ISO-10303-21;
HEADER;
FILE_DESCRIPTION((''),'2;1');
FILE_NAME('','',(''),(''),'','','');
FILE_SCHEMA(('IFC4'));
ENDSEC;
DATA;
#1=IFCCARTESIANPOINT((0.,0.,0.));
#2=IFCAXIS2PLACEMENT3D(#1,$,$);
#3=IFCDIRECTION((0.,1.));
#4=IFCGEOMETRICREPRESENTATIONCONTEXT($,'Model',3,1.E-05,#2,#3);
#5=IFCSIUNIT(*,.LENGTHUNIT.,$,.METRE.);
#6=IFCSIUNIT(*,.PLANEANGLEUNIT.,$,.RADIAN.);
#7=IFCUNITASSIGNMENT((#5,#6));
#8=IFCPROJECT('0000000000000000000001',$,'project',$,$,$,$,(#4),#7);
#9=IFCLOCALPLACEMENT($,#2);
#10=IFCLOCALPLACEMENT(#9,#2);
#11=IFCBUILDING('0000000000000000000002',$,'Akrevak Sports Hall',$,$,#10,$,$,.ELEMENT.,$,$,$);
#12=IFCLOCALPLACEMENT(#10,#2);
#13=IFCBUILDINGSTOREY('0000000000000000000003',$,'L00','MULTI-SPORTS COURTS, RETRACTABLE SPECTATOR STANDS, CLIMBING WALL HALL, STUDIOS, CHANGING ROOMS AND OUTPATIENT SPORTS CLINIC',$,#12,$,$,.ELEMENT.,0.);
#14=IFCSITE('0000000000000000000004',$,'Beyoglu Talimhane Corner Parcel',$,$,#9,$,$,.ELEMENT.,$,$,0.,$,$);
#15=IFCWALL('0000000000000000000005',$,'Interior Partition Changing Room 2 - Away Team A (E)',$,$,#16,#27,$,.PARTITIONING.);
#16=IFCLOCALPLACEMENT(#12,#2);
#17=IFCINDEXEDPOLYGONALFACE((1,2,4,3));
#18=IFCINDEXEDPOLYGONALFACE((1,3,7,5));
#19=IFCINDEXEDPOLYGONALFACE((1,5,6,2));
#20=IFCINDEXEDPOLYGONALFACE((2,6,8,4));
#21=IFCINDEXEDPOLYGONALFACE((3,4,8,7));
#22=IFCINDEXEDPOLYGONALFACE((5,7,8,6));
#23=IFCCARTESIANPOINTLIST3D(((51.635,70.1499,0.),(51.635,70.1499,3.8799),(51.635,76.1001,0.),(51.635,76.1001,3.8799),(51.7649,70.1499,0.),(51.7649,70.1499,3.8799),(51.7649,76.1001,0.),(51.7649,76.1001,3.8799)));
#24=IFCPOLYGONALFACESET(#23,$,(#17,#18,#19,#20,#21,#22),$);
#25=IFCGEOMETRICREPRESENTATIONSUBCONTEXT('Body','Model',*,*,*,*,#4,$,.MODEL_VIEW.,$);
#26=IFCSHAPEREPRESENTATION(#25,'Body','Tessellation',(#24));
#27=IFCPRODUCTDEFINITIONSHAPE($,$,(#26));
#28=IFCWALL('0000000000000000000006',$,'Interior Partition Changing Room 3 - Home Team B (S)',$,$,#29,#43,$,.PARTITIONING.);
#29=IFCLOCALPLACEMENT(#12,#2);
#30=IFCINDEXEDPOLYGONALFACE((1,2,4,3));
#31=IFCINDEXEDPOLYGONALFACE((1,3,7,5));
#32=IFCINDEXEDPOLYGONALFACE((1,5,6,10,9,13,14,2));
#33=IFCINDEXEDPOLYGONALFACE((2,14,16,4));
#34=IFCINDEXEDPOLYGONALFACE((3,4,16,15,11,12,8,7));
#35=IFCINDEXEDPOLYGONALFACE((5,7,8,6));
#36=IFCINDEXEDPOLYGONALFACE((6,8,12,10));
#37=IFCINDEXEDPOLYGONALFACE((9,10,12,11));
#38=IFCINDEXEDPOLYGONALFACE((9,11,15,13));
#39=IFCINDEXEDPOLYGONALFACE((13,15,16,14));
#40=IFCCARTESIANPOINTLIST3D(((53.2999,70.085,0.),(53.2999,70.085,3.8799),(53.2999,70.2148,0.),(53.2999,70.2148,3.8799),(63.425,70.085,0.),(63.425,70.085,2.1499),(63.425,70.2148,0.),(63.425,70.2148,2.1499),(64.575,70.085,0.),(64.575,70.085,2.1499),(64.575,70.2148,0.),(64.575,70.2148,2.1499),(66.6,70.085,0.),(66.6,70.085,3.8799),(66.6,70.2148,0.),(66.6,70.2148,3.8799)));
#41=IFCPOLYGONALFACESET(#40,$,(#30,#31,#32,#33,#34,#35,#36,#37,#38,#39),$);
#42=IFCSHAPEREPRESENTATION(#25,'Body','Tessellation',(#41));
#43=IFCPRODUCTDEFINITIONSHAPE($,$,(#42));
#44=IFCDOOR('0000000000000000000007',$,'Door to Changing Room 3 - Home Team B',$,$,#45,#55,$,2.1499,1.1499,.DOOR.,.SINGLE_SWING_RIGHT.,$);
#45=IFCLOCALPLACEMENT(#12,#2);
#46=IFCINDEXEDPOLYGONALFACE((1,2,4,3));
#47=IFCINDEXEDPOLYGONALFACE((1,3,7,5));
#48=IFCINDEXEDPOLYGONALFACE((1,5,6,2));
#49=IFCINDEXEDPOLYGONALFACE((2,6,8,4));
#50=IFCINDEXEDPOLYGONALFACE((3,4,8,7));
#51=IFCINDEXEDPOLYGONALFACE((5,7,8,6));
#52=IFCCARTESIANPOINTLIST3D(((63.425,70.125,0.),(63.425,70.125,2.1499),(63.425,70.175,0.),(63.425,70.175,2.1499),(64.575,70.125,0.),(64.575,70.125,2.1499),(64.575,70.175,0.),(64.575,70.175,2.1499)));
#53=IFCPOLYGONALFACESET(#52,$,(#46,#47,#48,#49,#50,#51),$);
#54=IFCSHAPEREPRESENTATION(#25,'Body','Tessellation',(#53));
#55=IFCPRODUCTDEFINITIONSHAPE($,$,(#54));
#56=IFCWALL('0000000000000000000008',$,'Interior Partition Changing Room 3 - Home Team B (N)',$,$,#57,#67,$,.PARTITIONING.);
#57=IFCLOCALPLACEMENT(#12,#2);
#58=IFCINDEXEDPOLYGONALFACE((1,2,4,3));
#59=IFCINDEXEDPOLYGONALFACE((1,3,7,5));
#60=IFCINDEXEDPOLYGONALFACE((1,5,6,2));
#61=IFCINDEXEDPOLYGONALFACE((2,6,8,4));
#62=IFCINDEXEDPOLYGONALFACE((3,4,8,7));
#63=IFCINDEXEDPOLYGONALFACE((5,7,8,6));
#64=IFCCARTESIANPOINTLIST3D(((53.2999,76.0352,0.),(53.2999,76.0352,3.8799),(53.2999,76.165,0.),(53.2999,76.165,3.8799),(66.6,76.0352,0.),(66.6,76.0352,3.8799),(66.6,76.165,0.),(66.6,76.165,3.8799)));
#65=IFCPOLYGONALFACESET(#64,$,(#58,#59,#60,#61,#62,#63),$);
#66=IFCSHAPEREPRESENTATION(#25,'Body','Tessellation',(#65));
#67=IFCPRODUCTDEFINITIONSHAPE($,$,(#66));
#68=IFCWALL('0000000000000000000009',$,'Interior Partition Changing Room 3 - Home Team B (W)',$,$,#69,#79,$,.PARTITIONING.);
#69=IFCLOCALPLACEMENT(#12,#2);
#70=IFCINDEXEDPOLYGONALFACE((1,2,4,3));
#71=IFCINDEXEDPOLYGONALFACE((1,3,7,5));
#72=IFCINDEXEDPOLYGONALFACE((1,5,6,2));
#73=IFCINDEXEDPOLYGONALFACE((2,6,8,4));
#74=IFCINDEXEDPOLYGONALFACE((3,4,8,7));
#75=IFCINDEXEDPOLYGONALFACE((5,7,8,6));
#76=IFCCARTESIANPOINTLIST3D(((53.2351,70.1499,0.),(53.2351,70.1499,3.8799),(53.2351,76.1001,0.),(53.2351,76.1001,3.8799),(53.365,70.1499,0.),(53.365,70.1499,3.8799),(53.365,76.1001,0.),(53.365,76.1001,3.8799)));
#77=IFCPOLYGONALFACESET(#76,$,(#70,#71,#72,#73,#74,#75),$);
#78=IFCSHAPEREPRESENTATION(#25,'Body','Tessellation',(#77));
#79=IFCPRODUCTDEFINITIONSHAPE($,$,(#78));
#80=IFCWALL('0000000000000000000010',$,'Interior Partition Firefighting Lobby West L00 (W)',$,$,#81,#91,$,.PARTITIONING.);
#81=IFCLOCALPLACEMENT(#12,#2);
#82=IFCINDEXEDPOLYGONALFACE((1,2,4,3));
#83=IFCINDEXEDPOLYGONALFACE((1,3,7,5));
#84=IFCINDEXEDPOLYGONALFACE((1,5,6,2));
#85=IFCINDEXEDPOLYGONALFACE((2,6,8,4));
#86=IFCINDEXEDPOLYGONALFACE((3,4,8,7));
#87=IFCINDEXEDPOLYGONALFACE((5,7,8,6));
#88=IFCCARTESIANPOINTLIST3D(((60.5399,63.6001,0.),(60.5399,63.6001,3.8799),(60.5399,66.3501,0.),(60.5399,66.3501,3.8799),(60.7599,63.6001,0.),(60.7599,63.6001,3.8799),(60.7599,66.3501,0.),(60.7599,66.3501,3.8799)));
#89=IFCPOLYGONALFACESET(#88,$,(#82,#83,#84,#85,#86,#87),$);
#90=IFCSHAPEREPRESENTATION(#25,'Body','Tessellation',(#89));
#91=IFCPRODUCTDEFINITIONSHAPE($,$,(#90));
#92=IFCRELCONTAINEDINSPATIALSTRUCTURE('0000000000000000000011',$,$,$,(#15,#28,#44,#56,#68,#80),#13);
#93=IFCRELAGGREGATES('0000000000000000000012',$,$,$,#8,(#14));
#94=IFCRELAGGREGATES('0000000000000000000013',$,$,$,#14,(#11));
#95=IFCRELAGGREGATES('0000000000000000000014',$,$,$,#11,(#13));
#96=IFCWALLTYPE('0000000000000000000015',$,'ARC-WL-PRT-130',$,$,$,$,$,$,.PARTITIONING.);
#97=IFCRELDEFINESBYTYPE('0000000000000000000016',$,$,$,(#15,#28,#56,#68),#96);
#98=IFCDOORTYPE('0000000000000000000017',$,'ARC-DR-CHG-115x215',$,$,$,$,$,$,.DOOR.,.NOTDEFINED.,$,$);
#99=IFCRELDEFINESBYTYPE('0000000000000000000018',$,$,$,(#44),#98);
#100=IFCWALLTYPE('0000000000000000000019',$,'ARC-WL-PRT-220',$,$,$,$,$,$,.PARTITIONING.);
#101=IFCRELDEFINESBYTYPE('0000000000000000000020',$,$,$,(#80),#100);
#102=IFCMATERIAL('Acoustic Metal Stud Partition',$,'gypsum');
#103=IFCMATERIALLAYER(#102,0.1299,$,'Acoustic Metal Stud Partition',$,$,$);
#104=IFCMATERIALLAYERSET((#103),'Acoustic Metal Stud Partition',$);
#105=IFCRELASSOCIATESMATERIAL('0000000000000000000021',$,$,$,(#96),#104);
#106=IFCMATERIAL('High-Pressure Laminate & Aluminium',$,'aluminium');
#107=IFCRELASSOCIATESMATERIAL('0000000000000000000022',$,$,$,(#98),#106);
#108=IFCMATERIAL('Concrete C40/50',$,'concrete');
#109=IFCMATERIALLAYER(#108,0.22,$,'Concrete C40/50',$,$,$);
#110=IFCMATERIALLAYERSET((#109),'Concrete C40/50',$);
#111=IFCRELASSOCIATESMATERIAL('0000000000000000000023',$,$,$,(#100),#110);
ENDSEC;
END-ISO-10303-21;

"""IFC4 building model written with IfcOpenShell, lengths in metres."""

from ifc_helpers import new_model, si_unit, direction, frame, frame_2d, origin, place, context, subcontext, project, spatial, rectangle, extrude, material, layer, layer_set, type_object, element, fill, save


model = new_model("IFC4")

# Units and contexts
model_context = context("Model", 3, precision=1e-05, world=origin(), true_north=direction((0.0, 1.0)))
body_context = subcontext(model_context, "Body", "Model", "MODEL_VIEW")
ifc_project = project(units=[si_unit("LENGTHUNIT", "METRE"), si_unit("PLANEANGLEUNIT", "RADIAN")], contexts=[model_context])

# Site, building, storey
site_placement = place(None, origin())
site = spatial("IfcSite", under=ifc_project, at=site_placement, Name="Beyoglu Talimhane Corner Parcel", CompositionType="ELEMENT", RefElevation=0.0)
building_placement = place(site_placement, origin())
building = spatial("IfcBuilding", under=site, at=building_placement, Name="Akrevak Sports Hall", CompositionType="ELEMENT")
storey_placement = place(building_placement, origin())
storey = spatial("IfcBuildingStorey", under=building, at=storey_placement, Name="L00", Description="MULTI-SPORTS COURTS, RETRACTABLE SPECTATOR STANDS, CLIMBING WALL HALL, STUDIOS, CHANGING ROOMS AND OUTPATIENT SPORTS CLINIC", CompositionType="ELEMENT", Elevation=0.0)

# Shared definitions
ifc_material_1 = material(Name="Concrete C40/50", Category="concrete")

# Wall
ifc_material_2 = material(Name="Acoustic Metal Stud Partition", Category="gypsum")
ifc_layer_1 = layer(ifc_material_2, 0.1299, Name="Acoustic Metal Stud Partition")
ifc_layer_set_1 = layer_set([ifc_layer_1], Name="Acoustic Metal Stud Partition")
wall_type_1 = type_object("IfcWallType", Name="ARC-WL-PRT-130", PredefinedType="PARTITIONING", material=ifc_layer_set_1)
wall_1_placement = place(storey_placement, frame((51.7, 70.1499, 0.0), z_axis=(0.0, 0.0, 1.0), x_axis=(0.0, 1.0, 0.0)))
element("IfcWall", 1, at=wall_1_placement, inside=storey, type_object=wall_type_1, Name="Interior Partition Changing Room 2 - Away Team A (E)", PredefinedType="PARTITIONING", context=body_context, shape_type="SweptSolid", body=[
    extrude(rectangle(XDim=5.9502, YDim=0.1299, at=frame_2d((2.9751, 0.0))), origin(), (0.0, 0.0, 1.0), 3.8799),
])

# Wall, opening, door
wall_2_placement = place(storey_placement, frame((53.3, 70.1499, 0.0), z_axis=(0.0, 0.0, 1.0), x_axis=(1.0, 0.0, 0.0)))
wall_2 = element("IfcWall", 2, at=wall_2_placement, inside=storey, type_object=wall_type_1, Name="Interior Partition Changing Room 3 - Home Team B (S)", PredefinedType="PARTITIONING", context=body_context, shape_type="SweptSolid", body=[
    extrude(rectangle(XDim=13.3, YDim=0.1299, at=frame_2d((6.6499, 0.0))), origin(), (0.0, 0.0, 1.0), 3.8799),
])
opening_placement = place(wall_2_placement, frame((10.125, 0.0, 0.0)))
opening = element("IfcOpeningElement", 3, at=opening_placement, cuts=wall_2, PredefinedType="OPENING", context=body_context, shape_type="SweptSolid", body=[
    extrude(rectangle(XDim=1.1499, YDim=2.1499, at=frame_2d((0.575, 1.075))), frame((0.0, 0.0769, 0.0), z_axis=(0.0, -1.0, 0.0), x_axis=(1.0, 0.0, 0.0)), (0.0, 0.0, 1.0), 0.1538),
])
ifc_material_3 = material(Name="High-Pressure Laminate & Aluminium", Category="aluminium")
door_type = type_object("IfcDoorType", Name="ARC-DR-CHG-115x215", OperationType="NOTDEFINED", PredefinedType="DOOR", material=ifc_material_3)
door_placement = place(opening_placement, frame((1.1499, 0.0, 0.0), z_axis=(0.0, 0.0, 1.0), x_axis=(-1.0, 0.0, 0.0)))
door = element("IfcDoor", 4, at=door_placement, inside=storey, type_object=door_type, Name="Door to Changing Room 3 - Home Team B", OperationType="SINGLE_SWING_RIGHT", OverallHeight=2.1499, OverallWidth=1.1499, PredefinedType="DOOR", context=body_context, shape_type="SweptSolid", body=[
    extrude(rectangle(XDim=1.1499, YDim=2.1499, at=frame_2d((0.575, 1.075))), frame((0.0, 0.0249, 0.0), z_axis=(0.0, -1.0, 0.0), x_axis=(1.0, 0.0, 0.0)), (0.0, 0.0, 1.0), 0.05),
])
fill(opening, door)

# Walls
wall_3_placement = place(storey_placement, frame((53.3, 76.1001, 0.0), z_axis=(0.0, 0.0, 1.0), x_axis=(1.0, 0.0, 0.0)))
element("IfcWall", 5, at=wall_3_placement, inside=storey, type_object=wall_type_1, Name="Interior Partition Changing Room 3 - Home Team B (N)", PredefinedType="PARTITIONING", context=body_context, shape_type="SweptSolid", body=[
    extrude(rectangle(XDim=13.3, YDim=0.1299, at=frame_2d((6.6499, 0.0))), origin(), (0.0, 0.0, 1.0), 3.8799),
])
wall_4_placement = place(storey_placement, frame((53.3, 70.1499, 0.0), z_axis=(0.0, 0.0, 1.0), x_axis=(0.0, 1.0, 0.0)))
element("IfcWall", 6, at=wall_4_placement, inside=storey, type_object=wall_type_1, Name="Interior Partition Changing Room 3 - Home Team B (W)", PredefinedType="PARTITIONING", context=body_context, shape_type="SweptSolid", body=[
    extrude(rectangle(XDim=5.9502, YDim=0.1299, at=frame_2d((2.9751, 0.0))), origin(), (0.0, 0.0, 1.0), 3.8799),
])
ifc_layer_2 = layer(ifc_material_1, 0.22, Name="Concrete C40/50")
ifc_layer_set_2 = layer_set([ifc_layer_2], Name="Concrete C40/50")
wall_type_2 = type_object("IfcWallType", Name="ARC-WL-PRT-220", PredefinedType="PARTITIONING", material=ifc_layer_set_2)
wall_5_placement = place(storey_placement, frame((60.6499, 63.6001, 0.0), z_axis=(0.0, 0.0, 1.0), x_axis=(0.0, 1.0, 0.0)))
element("IfcWall", 7, at=wall_5_placement, inside=storey, type_object=wall_type_2, Name="Interior Partition Firefighting Lobby West L00 (W)", PredefinedType="PARTITIONING", context=body_context, shape_type="SweptSolid", body=[
    extrude(rectangle(XDim=2.75, YDim=0.22, at=frame_2d((1.375, 0.0))), origin(), (0.0, 0.0, 1.0), 3.8799),
])

save(model, "model.ifc")
